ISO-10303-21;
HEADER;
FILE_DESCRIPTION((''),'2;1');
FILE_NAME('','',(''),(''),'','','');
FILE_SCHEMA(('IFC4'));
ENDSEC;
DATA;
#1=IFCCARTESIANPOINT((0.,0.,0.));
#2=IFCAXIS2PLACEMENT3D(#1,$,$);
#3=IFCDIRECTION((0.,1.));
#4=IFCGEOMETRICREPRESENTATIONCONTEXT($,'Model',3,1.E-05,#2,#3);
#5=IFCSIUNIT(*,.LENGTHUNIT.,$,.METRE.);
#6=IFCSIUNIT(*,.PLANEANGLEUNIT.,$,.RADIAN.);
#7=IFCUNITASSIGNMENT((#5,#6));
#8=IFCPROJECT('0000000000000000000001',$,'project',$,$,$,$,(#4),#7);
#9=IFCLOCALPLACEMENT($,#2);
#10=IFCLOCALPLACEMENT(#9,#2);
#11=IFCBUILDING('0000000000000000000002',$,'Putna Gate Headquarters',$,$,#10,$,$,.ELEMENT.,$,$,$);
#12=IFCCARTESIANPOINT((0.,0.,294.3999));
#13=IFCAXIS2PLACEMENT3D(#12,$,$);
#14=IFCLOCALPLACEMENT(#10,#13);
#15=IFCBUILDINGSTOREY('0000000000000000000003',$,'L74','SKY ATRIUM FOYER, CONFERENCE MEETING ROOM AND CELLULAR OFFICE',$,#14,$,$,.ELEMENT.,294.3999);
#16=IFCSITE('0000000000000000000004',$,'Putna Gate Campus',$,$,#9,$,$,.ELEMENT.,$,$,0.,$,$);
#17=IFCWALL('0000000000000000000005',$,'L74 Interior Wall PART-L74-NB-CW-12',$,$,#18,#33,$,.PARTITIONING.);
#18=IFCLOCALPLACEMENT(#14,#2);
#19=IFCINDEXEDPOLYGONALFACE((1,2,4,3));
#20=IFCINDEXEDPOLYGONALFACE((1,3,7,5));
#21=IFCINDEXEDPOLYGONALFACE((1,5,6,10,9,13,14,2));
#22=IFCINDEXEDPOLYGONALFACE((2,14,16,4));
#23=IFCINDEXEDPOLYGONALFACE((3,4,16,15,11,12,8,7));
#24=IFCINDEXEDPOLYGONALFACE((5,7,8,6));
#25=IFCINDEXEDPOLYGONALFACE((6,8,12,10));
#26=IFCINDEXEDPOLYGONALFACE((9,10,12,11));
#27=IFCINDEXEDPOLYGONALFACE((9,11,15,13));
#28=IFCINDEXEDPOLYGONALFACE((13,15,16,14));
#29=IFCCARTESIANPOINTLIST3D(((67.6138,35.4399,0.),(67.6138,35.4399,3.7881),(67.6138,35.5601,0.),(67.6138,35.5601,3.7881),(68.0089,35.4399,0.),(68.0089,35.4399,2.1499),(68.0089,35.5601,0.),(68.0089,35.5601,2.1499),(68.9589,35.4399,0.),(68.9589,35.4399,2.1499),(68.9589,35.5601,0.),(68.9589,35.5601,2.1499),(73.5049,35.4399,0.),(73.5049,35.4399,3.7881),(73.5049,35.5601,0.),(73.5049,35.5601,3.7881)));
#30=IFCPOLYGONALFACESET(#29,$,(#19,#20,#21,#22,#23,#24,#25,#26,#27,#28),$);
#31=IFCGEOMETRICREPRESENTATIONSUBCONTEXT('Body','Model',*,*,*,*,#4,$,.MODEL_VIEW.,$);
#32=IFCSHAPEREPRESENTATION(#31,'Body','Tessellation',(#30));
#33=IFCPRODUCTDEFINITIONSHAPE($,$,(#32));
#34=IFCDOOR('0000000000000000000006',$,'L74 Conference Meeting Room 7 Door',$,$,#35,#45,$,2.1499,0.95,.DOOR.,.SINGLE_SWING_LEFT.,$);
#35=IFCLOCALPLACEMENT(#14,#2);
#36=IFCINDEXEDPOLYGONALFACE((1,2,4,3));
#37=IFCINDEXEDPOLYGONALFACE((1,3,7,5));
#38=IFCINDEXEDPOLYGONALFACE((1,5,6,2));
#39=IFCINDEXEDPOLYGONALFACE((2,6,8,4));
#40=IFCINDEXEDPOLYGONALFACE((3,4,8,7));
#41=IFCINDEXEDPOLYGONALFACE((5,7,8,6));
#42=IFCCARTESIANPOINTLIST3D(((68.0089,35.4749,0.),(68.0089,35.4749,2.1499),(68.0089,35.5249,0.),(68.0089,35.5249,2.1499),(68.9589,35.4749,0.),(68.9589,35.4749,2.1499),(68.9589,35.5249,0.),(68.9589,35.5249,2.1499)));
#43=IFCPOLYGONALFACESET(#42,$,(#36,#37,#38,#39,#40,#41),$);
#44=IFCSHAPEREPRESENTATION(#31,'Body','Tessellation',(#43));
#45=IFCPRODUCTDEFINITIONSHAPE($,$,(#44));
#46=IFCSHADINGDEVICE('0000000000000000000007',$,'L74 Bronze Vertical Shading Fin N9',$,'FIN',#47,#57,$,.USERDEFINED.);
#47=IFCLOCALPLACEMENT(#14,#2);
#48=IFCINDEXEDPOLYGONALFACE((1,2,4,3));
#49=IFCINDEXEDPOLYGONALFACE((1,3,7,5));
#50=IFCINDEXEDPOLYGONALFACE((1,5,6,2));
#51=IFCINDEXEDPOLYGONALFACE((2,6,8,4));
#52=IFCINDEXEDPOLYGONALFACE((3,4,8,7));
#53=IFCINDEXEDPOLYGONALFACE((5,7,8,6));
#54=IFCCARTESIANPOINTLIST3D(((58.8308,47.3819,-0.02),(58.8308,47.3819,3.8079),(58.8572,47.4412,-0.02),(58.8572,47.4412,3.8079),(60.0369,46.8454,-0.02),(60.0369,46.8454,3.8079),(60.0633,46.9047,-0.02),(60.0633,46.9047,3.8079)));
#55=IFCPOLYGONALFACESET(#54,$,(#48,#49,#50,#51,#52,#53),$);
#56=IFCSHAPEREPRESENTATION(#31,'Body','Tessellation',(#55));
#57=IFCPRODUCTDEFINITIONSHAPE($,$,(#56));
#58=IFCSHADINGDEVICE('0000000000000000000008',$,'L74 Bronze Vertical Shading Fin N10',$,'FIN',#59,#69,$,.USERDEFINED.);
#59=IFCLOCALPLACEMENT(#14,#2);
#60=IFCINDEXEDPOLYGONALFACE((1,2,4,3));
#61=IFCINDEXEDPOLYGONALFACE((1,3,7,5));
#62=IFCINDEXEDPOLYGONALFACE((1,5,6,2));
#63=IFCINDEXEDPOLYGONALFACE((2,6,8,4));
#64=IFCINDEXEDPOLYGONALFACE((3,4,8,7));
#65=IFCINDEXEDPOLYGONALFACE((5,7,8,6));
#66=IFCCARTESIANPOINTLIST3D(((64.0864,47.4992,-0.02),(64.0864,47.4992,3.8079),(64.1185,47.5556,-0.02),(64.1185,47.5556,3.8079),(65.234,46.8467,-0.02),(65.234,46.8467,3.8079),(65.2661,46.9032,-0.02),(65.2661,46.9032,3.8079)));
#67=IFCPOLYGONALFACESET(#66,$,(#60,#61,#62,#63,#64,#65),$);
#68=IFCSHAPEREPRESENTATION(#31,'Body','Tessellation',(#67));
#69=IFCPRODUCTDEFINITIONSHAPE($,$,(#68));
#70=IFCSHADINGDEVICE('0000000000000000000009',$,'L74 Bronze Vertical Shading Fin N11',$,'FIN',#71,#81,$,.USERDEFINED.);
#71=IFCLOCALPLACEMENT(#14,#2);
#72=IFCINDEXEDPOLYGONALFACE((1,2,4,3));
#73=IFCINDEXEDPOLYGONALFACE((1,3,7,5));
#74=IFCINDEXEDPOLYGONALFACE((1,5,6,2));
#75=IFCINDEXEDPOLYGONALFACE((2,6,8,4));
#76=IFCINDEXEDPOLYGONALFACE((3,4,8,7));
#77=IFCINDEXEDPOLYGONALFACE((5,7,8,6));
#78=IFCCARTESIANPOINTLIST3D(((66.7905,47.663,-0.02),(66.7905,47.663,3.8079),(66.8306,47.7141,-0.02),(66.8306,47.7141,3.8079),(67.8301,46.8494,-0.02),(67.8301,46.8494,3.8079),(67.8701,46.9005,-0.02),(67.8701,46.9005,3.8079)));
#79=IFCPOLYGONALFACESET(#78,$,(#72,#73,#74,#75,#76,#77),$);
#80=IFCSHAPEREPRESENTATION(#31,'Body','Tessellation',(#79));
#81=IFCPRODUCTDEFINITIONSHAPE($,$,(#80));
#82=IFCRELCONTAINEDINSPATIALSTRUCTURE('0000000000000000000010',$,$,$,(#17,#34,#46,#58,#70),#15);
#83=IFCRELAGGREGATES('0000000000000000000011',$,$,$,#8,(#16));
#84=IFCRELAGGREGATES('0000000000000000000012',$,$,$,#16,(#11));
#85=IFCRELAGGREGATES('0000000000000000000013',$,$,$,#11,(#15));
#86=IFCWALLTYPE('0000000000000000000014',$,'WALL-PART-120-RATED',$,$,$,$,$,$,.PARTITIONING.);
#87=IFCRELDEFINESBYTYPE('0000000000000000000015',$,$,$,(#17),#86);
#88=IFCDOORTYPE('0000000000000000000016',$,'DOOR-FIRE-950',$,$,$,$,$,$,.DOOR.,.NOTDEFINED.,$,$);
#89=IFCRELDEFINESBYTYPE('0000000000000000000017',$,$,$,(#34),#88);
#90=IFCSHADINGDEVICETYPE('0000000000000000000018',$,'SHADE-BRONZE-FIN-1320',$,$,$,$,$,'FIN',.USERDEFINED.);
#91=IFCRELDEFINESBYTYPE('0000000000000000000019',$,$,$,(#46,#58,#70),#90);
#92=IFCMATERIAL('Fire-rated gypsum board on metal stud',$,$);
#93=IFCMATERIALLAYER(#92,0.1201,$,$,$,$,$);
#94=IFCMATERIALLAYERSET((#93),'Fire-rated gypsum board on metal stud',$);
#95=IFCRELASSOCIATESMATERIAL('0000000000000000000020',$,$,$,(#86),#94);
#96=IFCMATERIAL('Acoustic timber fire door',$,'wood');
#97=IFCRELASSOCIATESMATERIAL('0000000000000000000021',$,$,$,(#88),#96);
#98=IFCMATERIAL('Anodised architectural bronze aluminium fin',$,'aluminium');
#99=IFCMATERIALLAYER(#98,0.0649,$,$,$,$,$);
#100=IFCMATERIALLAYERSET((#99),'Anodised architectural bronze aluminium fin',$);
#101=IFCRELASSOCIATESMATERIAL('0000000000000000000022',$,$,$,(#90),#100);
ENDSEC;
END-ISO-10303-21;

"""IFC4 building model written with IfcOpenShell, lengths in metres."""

from ifc_helpers import new_model, si_unit, direction, frame, frame_2d, origin, origin_2d, place, context, subcontext, project, spatial, rectangle, extrude, material, layer, layer_set, type_object, element, fill, save


model = new_model("IFC4")

# Units and contexts
model_context = context("Model", 3, precision=1e-05, world=origin(), true_north=direction((0.0, 1.0)))
body_context = subcontext(model_context, "Body", "Model", "MODEL_VIEW")
ifc_project = project(units=[si_unit("LENGTHUNIT", "METRE"), si_unit("PLANEANGLEUNIT", "RADIAN")], contexts=[model_context])

# Site, building, storey
site_placement = place(None, origin())
site = spatial("IfcSite", under=ifc_project, at=site_placement, Name="Putna Gate Campus", CompositionType="ELEMENT", RefElevation=0.0)
building_placement = place(site_placement, origin())
building = spatial("IfcBuilding", under=site, at=building_placement, Name="Putna Gate Headquarters", CompositionType="ELEMENT")
storey_placement = place(building_placement, frame((0.0, 0.0, 294.3999)))
storey = spatial("IfcBuildingStorey", under=building, at=storey_placement, Name="L74", Description="SKY ATRIUM FOYER, CONFERENCE MEETING ROOM AND CELLULAR OFFICE", CompositionType="ELEMENT", Elevation=294.3999)

# Wall, opening, door
ifc_material_1 = material(Name="Fire-rated gypsum board on metal stud")
ifc_layer_1 = layer(ifc_material_1, 0.1201)
ifc_layer_set_1 = layer_set([ifc_layer_1], Name="Fire-rated gypsum board on metal stud")
wall_type_1 = type_object("IfcWallType", Name="WALL-PART-120-RATED", PredefinedType="PARTITIONING", material=ifc_layer_set_1)
ifc_material_2 = material(Name="Acoustic timber fire door", Category="wood")
door_type = type_object("IfcDoorType", Name="DOOR-FIRE-950", OperationType="NOTDEFINED", PredefinedType="DOOR", material=ifc_material_2)
wall_1_placement = place(storey_placement, frame((67.6138, 35.5, 0.0), z_axis=(0.0, 0.0, 1.0), x_axis=(1.0, 0.0, 0.0)))
wall_1 = element("IfcWall", 1, at=wall_1_placement, inside=storey, type_object=wall_type_1, Name="L74 Interior Wall PART-L74-NB-CW-12", PredefinedType="PARTITIONING", context=body_context, shape_type="SweptSolid", body=[
    extrude(rectangle(XDim=5.8911, YDim=0.1201, at=frame_2d((2.9456, 0.0))), origin(), (0.0, 0.0, 1.0), 3.7881),
])
opening_1_placement = place(wall_1_placement, frame((0.395, 0.0, 0.0)))
opening_1 = element("IfcOpeningElement", 2, at=opening_1_placement, cuts=wall_1, PredefinedType="OPENING", context=body_context, shape_type="SweptSolid", body=[
    extrude(rectangle(XDim=0.95, YDim=2.1499, at=frame_2d((0.4751, 1.075))), frame((0.0, 0.0701, 0.0), z_axis=(0.0, -1.0, 0.0), x_axis=(1.0, 0.0, 0.0)), (0.0, 0.0, 1.0), 0.1401),
])
door_1_placement = place(opening_1_placement, origin())
door_1 = element("IfcDoor", 3, at=door_1_placement, inside=storey, type_object=door_type, Name="L74 Conference Meeting Room 7 Door", OperationType="SINGLE_SWING_LEFT", OverallHeight=2.1499, OverallWidth=0.95, PredefinedType="DOOR", context=body_context, shape_type="SweptSolid", body=[
    extrude(rectangle(XDim=0.95, YDim=2.1499, at=frame_2d((0.4751, 1.075))), frame((0.0, 0.0249, 0.0), z_axis=(0.0, -1.0, 0.0), x_axis=(1.0, 0.0, 0.0)), (0.0, 0.0, 1.0), 0.05),
])
fill(opening_1, door_1)

# Shading devices
ifc_material_3 = material(Name="Anodised architectural bronze aluminium fin", Category="aluminium")
ifc_layer_2 = layer(ifc_material_3, 0.0649)
ifc_layer_set_2 = layer_set([ifc_layer_2], Name="Anodised architectural bronze aluminium fin")
shading_device_type = type_object("IfcShadingDeviceType", Name="SHADE-BRONZE-FIN-1320", ElementType="FIN", PredefinedType="USERDEFINED", material=ifc_layer_set_2)
for number, where, z_axis, x_axis, name in (
    (4, (59.447, 47.1433, -0.02), (0.0, 0.0, 1.0), (-0.913687, 0.406418, 0.0), "L74 Bronze Vertical Shading Fin N9"),
    (5, (64.6763, 47.2012, -0.02), (0.0, 0.0, 1.0), (-0.869322, 0.494245, 0.0), "L74 Bronze Vertical Shading Fin N10"),
    (6, (67.3303, 47.2817, -0.02), (0.0, 0.0, 1.0), (-0.787473, 0.616349, 0.0), "L74 Bronze Vertical Shading Fin N11"),
):
    element("IfcShadingDevice", number, at=place(storey_placement, frame(where, z_axis=z_axis, x_axis=x_axis)), inside=storey, type_object=shading_device_type, Name=name, ObjectType="FIN", PredefinedType="USERDEFINED", context=body_context, shape_type="SweptSolid", body=[
        extrude(rectangle(XDim=1.3201, YDim=0.0649, at=origin_2d()), origin(), (0.0, 0.0, 1.0), 3.8279),
    ])

save(model, "model.ifc")
